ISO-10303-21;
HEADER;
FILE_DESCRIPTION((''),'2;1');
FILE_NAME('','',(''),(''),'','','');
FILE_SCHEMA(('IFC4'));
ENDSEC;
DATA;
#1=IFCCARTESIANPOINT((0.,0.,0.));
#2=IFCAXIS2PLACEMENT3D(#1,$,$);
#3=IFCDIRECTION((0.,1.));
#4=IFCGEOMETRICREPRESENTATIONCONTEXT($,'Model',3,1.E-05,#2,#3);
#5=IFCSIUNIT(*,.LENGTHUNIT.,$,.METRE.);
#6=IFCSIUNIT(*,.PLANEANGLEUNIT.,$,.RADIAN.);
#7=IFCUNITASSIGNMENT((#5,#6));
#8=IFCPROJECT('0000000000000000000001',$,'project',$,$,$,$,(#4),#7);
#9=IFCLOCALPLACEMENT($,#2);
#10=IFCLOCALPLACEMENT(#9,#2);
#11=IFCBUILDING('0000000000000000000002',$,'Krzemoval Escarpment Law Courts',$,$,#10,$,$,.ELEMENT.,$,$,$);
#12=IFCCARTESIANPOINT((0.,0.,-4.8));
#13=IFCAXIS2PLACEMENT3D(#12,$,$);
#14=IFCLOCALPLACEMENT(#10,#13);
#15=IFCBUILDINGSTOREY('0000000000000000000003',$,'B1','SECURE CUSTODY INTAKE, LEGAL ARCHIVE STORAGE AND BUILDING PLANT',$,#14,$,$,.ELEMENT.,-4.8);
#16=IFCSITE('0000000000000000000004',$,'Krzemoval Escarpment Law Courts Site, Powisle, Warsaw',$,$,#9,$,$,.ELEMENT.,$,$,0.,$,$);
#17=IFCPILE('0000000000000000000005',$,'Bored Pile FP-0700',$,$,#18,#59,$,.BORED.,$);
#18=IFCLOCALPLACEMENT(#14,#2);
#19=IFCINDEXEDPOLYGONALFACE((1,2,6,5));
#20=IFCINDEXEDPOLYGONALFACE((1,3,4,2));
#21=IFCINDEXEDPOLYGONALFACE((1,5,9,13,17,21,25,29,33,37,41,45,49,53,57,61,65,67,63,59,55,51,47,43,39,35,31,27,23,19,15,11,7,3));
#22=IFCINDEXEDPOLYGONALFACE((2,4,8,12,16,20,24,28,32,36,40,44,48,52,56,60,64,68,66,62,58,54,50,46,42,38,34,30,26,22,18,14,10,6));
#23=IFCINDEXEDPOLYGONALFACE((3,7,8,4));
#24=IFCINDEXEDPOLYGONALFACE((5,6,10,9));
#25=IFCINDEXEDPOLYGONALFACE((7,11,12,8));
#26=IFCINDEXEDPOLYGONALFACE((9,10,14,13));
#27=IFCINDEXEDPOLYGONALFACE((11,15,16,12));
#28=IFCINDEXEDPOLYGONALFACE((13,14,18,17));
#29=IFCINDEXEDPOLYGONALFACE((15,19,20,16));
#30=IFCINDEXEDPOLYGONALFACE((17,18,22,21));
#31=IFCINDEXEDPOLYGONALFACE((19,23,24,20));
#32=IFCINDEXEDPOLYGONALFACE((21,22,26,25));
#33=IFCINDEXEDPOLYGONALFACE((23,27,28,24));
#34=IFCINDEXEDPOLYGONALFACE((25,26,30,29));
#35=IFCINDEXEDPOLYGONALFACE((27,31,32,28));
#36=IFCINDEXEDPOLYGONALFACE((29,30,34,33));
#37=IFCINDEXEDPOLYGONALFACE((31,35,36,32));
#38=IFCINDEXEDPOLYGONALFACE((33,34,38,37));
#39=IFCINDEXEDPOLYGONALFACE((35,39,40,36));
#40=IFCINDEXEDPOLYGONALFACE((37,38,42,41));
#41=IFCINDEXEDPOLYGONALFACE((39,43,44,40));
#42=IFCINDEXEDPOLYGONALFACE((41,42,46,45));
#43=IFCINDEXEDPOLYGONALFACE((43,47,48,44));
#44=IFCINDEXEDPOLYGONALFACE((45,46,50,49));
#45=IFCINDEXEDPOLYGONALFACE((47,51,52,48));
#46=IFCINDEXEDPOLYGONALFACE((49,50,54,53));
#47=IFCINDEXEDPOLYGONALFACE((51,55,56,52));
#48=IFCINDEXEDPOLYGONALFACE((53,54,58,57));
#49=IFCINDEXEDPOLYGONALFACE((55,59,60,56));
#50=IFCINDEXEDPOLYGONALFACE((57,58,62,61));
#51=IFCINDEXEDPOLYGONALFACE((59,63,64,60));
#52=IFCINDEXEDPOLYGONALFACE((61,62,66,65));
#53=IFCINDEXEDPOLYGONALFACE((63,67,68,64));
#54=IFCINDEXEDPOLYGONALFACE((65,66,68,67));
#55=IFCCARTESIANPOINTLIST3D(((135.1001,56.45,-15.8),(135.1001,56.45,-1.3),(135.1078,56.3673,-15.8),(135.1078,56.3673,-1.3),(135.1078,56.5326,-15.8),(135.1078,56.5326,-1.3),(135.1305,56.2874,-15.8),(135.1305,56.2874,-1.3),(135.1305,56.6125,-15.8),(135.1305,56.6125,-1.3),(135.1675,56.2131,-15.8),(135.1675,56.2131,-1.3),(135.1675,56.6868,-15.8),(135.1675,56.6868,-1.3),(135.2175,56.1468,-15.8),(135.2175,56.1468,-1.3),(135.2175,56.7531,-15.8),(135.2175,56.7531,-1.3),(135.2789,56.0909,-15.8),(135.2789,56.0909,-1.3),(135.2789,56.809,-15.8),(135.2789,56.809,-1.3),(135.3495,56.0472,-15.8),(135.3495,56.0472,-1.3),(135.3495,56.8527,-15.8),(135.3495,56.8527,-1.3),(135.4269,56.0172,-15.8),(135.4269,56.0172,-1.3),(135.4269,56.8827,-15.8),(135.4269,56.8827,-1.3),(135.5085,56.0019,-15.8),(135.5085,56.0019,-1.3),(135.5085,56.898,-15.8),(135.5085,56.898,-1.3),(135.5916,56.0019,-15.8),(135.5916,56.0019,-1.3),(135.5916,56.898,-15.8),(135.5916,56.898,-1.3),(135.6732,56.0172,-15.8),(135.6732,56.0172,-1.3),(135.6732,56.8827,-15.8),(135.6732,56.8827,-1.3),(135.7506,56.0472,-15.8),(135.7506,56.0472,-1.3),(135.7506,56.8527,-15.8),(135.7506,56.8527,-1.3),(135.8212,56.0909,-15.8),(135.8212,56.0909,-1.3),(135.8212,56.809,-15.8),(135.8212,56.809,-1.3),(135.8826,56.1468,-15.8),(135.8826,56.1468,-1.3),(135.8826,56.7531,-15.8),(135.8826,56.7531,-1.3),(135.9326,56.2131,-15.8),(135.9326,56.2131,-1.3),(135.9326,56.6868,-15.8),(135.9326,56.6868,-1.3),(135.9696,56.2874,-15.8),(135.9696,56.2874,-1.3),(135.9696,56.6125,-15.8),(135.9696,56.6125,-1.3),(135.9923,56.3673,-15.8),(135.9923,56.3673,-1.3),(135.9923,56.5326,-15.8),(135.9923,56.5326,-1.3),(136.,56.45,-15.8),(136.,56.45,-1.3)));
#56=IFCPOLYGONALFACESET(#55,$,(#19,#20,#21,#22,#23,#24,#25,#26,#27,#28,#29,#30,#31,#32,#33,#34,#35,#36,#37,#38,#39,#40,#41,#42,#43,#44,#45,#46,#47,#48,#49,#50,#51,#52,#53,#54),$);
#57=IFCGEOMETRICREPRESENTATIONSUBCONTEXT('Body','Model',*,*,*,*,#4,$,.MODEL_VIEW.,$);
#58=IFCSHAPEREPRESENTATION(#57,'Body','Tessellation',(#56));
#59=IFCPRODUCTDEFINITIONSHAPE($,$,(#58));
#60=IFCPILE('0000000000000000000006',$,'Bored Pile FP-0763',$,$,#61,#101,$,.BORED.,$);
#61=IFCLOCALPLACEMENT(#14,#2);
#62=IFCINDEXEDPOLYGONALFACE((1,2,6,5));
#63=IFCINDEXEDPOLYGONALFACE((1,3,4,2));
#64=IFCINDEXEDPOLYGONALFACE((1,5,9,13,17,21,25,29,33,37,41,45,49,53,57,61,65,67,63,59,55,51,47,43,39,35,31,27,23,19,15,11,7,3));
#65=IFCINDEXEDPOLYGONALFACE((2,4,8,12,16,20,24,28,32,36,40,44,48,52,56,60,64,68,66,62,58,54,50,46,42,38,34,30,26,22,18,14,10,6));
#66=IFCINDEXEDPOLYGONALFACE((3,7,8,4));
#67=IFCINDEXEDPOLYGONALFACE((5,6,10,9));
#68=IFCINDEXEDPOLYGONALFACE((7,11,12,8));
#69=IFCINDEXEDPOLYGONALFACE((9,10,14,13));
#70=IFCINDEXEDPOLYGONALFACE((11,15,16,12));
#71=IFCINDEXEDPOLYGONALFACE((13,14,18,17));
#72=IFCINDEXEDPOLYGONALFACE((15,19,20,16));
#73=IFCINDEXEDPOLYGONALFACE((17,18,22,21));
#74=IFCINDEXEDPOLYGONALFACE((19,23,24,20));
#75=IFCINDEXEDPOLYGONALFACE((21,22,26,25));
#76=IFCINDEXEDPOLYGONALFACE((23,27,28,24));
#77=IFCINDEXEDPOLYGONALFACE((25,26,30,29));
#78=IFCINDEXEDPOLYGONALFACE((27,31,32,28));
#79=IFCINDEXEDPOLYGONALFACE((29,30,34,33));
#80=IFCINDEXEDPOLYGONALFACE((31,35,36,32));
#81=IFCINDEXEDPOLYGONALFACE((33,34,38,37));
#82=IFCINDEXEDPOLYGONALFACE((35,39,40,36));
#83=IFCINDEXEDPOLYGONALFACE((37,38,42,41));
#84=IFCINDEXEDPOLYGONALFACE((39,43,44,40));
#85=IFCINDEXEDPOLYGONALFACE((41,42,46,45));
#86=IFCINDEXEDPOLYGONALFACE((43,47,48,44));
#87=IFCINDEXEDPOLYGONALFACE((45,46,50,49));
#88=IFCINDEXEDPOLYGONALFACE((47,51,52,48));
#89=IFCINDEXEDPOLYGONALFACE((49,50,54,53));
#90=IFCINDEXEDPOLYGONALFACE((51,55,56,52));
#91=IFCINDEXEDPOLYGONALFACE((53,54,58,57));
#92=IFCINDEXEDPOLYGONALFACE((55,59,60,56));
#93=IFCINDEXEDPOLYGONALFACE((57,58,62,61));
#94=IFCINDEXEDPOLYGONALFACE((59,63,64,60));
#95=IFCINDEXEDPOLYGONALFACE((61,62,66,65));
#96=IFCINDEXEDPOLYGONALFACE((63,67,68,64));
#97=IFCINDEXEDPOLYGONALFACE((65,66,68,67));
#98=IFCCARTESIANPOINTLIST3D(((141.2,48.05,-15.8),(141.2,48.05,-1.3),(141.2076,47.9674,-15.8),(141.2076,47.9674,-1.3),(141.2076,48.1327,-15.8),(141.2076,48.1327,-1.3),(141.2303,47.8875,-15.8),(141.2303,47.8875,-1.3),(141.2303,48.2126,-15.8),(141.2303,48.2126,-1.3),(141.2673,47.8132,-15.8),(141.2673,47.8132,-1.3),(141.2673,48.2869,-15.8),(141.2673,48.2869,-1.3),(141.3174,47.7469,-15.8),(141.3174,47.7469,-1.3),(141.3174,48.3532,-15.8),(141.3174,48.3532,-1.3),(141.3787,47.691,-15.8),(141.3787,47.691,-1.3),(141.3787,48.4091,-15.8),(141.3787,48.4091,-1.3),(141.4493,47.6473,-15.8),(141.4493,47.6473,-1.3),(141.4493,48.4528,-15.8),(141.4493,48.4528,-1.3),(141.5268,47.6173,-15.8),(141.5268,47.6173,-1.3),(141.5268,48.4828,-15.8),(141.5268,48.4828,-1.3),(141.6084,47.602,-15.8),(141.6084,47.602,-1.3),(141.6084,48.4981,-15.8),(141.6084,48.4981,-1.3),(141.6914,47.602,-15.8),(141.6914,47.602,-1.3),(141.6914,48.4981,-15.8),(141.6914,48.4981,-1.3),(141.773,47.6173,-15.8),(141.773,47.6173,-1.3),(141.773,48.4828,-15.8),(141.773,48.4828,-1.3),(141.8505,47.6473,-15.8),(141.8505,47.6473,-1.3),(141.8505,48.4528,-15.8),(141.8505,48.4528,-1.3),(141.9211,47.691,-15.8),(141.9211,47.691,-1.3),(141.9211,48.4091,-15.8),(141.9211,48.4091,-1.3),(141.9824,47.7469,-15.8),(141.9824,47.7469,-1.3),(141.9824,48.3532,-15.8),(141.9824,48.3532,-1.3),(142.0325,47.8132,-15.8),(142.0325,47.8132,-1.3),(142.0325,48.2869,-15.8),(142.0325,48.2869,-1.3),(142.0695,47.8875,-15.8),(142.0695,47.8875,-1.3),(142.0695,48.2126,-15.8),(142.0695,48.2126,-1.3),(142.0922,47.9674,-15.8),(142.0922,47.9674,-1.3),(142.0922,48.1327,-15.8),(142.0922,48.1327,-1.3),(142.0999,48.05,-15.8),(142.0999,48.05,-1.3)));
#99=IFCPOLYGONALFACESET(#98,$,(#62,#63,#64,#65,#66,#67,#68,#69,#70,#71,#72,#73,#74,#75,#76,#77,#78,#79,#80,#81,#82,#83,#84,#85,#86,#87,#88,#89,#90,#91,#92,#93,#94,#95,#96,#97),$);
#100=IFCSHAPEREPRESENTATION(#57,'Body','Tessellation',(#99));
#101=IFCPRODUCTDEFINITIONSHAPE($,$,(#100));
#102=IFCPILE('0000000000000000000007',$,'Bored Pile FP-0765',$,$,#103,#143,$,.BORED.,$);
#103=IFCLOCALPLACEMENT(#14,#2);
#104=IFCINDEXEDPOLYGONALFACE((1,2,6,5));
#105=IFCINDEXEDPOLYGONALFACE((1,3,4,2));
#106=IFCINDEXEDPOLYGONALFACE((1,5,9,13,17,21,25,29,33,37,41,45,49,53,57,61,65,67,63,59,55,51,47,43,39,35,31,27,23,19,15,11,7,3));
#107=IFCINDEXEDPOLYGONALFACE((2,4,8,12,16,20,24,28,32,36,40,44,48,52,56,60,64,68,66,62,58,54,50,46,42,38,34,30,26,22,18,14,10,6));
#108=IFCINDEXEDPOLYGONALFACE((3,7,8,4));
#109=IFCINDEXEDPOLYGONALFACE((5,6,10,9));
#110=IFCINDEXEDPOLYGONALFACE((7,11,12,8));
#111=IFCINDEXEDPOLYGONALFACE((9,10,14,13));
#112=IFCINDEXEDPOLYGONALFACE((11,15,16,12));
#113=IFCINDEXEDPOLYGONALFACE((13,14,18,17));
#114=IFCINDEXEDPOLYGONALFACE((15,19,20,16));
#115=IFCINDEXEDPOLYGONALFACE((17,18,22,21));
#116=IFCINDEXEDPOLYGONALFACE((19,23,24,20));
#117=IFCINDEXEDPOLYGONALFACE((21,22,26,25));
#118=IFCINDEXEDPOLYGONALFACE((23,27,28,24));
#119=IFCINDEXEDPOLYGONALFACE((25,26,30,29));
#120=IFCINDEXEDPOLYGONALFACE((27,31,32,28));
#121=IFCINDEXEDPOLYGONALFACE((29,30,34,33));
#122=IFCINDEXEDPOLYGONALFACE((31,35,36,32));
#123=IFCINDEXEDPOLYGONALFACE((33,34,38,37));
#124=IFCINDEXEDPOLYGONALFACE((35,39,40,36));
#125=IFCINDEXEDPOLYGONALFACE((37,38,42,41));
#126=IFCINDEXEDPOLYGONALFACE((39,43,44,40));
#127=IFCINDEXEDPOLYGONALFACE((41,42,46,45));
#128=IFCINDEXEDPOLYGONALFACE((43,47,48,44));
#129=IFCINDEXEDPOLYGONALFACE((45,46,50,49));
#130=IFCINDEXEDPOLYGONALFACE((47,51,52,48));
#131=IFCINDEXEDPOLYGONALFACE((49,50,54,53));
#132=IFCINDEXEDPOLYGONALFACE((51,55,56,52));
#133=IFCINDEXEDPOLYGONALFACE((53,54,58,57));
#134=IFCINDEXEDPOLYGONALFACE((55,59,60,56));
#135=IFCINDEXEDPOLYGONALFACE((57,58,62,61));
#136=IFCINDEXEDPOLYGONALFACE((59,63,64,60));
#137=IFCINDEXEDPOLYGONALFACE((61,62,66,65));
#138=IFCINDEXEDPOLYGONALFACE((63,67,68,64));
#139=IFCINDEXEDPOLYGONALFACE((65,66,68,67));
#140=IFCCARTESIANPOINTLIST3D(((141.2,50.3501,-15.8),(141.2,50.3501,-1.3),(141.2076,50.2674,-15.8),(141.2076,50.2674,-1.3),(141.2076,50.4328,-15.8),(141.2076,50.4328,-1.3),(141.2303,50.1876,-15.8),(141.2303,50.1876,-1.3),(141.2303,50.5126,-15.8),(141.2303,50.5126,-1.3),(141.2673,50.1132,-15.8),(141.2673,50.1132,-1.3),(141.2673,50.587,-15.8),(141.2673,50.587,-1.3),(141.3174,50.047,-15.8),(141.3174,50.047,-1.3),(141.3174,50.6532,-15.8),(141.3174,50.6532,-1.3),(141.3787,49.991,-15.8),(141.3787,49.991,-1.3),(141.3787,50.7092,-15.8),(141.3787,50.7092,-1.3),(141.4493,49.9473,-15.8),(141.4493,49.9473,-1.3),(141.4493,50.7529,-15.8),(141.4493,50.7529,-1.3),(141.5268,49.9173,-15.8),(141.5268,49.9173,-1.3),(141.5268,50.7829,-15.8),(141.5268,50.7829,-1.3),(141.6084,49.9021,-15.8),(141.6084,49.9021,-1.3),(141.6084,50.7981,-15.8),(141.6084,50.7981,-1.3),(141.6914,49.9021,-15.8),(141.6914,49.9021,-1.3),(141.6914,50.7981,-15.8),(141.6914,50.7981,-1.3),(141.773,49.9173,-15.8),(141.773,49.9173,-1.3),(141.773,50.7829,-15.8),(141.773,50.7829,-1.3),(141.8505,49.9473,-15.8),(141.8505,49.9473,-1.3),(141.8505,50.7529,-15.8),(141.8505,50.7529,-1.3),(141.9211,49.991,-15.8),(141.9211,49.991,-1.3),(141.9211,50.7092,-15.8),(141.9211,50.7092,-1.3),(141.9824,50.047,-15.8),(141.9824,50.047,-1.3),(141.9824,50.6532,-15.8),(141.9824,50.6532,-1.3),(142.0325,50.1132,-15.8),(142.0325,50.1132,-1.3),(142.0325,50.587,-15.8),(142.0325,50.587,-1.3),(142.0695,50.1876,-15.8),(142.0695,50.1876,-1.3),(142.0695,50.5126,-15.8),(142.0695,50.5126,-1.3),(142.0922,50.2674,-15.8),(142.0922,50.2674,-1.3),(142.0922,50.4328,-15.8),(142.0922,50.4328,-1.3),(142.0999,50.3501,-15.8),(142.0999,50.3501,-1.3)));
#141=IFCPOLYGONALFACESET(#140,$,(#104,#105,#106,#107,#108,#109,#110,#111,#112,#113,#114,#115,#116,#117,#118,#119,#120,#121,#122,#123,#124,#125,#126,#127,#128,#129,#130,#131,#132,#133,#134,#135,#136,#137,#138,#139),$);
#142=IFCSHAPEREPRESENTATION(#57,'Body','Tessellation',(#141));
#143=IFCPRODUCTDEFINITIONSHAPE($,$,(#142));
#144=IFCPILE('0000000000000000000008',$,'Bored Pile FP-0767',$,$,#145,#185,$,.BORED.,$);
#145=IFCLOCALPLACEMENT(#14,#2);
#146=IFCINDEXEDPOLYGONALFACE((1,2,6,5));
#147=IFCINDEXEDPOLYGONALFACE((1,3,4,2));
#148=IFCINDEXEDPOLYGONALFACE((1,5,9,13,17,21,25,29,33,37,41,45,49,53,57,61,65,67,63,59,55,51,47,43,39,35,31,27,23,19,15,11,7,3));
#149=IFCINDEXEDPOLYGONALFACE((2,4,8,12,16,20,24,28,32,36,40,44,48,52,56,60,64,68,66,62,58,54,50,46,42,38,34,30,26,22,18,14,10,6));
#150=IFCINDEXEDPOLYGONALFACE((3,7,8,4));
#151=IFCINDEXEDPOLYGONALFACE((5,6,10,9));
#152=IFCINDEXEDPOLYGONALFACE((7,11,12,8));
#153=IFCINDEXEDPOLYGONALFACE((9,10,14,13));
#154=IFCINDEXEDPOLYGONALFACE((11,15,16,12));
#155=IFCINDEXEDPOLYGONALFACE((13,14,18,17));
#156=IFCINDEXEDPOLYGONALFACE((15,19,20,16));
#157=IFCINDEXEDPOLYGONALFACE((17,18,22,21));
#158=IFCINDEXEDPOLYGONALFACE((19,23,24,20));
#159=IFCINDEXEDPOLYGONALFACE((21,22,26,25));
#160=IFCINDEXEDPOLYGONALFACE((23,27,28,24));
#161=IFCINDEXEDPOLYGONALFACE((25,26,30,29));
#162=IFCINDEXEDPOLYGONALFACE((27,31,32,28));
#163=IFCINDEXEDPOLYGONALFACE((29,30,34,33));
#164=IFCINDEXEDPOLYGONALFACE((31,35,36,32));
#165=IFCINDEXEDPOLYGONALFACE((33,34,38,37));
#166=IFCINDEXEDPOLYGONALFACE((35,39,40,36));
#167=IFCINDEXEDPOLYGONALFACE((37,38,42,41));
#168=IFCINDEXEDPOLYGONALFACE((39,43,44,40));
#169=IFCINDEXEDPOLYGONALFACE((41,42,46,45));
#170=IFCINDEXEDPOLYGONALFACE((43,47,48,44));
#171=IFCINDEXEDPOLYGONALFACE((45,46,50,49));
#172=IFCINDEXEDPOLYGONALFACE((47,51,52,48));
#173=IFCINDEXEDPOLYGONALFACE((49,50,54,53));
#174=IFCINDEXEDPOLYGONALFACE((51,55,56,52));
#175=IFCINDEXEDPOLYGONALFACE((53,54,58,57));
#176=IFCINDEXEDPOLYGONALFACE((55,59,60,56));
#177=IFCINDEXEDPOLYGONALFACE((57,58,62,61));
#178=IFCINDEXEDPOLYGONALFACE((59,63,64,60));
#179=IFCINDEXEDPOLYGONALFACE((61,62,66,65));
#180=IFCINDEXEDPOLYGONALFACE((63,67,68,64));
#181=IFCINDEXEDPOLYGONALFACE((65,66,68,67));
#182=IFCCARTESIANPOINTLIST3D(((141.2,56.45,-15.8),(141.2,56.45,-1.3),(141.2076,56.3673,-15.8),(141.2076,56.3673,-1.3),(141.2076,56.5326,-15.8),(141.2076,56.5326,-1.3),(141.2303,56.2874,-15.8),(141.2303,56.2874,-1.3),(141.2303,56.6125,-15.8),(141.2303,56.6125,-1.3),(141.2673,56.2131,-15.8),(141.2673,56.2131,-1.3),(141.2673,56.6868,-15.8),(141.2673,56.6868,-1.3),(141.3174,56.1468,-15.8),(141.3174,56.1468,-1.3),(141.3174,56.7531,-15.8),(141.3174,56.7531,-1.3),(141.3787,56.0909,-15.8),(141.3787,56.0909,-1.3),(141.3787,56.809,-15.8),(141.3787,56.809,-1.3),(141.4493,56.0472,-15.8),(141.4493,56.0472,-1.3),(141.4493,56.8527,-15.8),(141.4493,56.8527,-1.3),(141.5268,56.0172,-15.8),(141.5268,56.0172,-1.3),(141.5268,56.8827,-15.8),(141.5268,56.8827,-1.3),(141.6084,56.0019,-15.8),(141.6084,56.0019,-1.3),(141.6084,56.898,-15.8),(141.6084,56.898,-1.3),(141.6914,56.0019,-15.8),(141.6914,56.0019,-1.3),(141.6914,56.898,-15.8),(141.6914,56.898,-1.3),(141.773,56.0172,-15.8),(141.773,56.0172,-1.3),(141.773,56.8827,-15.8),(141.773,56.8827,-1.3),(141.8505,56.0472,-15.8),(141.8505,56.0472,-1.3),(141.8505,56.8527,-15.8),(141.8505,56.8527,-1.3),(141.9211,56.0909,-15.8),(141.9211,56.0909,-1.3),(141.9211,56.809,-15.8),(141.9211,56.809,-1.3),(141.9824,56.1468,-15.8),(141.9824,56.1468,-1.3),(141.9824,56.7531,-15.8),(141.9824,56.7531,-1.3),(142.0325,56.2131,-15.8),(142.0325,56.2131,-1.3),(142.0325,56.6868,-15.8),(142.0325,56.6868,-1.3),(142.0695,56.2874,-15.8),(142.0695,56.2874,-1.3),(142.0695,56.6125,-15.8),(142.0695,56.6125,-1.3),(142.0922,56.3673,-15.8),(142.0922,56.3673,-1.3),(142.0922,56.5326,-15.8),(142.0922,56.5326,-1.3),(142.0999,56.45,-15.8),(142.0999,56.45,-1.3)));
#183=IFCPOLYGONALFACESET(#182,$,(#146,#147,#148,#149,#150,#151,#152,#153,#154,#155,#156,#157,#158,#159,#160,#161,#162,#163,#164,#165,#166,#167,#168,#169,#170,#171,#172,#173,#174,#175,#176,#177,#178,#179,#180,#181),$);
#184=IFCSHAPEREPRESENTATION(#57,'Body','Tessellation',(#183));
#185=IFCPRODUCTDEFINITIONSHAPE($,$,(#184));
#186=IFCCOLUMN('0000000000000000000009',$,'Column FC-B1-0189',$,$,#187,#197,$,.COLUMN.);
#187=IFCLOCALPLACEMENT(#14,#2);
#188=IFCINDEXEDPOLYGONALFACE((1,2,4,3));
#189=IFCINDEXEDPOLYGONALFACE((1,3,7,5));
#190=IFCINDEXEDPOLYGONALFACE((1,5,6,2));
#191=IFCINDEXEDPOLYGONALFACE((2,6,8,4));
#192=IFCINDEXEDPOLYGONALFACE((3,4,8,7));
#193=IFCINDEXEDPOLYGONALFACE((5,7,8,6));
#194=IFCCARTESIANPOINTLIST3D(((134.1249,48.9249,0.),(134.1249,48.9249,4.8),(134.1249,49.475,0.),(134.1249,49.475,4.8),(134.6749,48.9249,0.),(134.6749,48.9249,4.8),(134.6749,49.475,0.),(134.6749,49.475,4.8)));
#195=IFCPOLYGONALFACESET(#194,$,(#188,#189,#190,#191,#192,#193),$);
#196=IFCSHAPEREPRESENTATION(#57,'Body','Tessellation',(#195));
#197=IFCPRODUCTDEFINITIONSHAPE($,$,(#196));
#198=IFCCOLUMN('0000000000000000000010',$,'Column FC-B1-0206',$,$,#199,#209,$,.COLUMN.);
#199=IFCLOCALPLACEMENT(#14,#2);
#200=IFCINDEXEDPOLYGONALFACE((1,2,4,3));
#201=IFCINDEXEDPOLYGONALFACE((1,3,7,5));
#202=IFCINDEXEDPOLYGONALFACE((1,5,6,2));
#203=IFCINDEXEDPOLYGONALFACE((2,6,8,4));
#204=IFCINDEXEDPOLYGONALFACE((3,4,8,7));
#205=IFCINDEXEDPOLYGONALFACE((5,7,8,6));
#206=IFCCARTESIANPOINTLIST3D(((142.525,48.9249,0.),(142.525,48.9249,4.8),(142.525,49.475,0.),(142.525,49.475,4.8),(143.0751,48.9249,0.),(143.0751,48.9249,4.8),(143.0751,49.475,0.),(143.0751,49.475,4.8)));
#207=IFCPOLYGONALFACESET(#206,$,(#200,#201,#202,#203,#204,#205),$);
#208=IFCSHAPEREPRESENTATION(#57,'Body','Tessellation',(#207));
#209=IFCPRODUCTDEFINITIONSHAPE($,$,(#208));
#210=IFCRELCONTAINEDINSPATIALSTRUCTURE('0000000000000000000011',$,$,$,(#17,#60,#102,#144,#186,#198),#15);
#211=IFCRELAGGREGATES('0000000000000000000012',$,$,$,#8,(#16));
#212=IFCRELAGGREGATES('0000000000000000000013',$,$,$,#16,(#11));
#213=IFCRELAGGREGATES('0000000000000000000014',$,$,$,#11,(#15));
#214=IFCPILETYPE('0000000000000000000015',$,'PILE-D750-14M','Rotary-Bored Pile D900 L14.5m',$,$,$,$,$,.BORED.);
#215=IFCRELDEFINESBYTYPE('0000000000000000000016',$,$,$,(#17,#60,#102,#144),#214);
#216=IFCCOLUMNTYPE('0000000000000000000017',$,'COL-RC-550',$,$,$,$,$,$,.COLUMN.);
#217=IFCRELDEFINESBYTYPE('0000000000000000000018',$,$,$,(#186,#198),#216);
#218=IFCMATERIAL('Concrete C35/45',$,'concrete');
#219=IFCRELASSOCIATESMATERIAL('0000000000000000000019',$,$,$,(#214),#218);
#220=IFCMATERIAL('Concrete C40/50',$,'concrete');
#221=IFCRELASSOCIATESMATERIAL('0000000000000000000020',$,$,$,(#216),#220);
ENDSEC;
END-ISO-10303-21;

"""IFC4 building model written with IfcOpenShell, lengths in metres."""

from ifc_helpers import new_model, si_unit, direction, frame, origin, origin_2d, place, context, subcontext, project, spatial, rectangle, circle, extrude, material, material_profile, profile_set, type_object, element, save


model = new_model("IFC4")

# Units and contexts
model_context = context("Model", 3, precision=1e-05, world=origin(), true_north=direction((0.0, 1.0)))
body_context = subcontext(model_context, "Body", "Model", "MODEL_VIEW")
ifc_project = project(units=[si_unit("LENGTHUNIT", "METRE"), si_unit("PLANEANGLEUNIT", "RADIAN")], contexts=[model_context])

# Site, building, storey
site_placement = place(None, origin())
site = spatial("IfcSite", under=ifc_project, at=site_placement, Name="Krzemoval Escarpment Law Courts Site, Powisle, Warsaw", CompositionType="ELEMENT", RefElevation=0.0)
building_placement = place(site_placement, origin())
building = spatial("IfcBuilding", under=site, at=building_placement, Name="Krzemoval Escarpment Law Courts", CompositionType="ELEMENT")
storey_placement = place(building_placement, frame((0.0, 0.0, -4.8)))
storey = spatial("IfcBuildingStorey", under=building, at=storey_placement, Name="B1", Description="SECURE CUSTODY INTAKE, LEGAL ARCHIVE STORAGE AND BUILDING PLANT", CompositionType="ELEMENT", Elevation=-4.8)

# Piles
ifc_material_1 = material(Name="Concrete C35/45", Category="concrete")
ifc_material_profile_1 = material_profile(ifc_material_1, circle(Radius=0.45, at=origin_2d()), Name="PILE D900")
ifc_profile_set_1 = profile_set([ifc_material_profile_1], Name="Concrete C35/45")
pile_type = type_object("IfcPileType", Name="PILE-D750-14M", Description="Rotary-Bored Pile D900 L14.5m", PredefinedType="BORED", material=ifc_profile_set_1)
for number, where, z_axis, x_axis, name in (
    (1, (135.55, 56.45, -1.3), (0.0, 0.0, -1.0), (1.0, 0.0, 0.0), "Bored Pile FP-0700"),
    (2, (141.6499, 48.05, -1.3), (0.0, 0.0, -1.0), (1.0, 0.0, 0.0), "Bored Pile FP-0763"),
    (3, (141.6499, 50.3501, -1.3), (0.0, 0.0, -1.0), (1.0, 0.0, 0.0), "Bored Pile FP-0765"),
    (4, (141.6499, 56.45, -1.3), (0.0, 0.0, -1.0), (1.0, 0.0, 0.0), "Bored Pile FP-0767"),
):
    element("IfcPile", number, at=place(storey_placement, frame(where, z_axis=z_axis, x_axis=x_axis)), inside=storey, type_object=pile_type, Name=name, PredefinedType="BORED", context=body_context, shape_type="SweptSolid", body=[
        extrude(circle(Radius=0.45, at=origin_2d()), origin(), (0.0, 0.0, 1.0), 14.5),
    ])

# Columns
ifc_material_2 = material(Name="Concrete C40/50", Category="concrete")
ifc_material_profile_2 = material_profile(ifc_material_2, rectangle(XDim=0.55, YDim=0.55, at=origin_2d()), Name="RC 550x550")
ifc_profile_set_2 = profile_set([ifc_material_profile_2], Name="Concrete C40/50")
column_type = type_object("IfcColumnType", Name="COL-RC-550", PredefinedType="COLUMN", material=ifc_profile_set_2)
for number, where, z_axis, x_axis, name in (
    (5, (134.3999, 49.2, 0.0), (0.0, 0.0, 1.0), (1.0, 0.0, 0.0), "Column FC-B1-0189"),
    (6, (142.8, 49.2, 0.0), (0.0, 0.0, 1.0), (1.0, 0.0, 0.0), "Column FC-B1-0206"),
):
    element("IfcColumn", number, at=place(storey_placement, frame(where, z_axis=z_axis, x_axis=x_axis)), inside=storey, type_object=column_type, Name=name, PredefinedType="COLUMN", context=body_context, shape_type="SweptSolid", body=[
        extrude(rectangle(XDim=0.55, YDim=0.55, at=origin_2d()), origin(), (0.0, 0.0, 1.0), 4.8),
    ])

save(model, "model.ifc")
